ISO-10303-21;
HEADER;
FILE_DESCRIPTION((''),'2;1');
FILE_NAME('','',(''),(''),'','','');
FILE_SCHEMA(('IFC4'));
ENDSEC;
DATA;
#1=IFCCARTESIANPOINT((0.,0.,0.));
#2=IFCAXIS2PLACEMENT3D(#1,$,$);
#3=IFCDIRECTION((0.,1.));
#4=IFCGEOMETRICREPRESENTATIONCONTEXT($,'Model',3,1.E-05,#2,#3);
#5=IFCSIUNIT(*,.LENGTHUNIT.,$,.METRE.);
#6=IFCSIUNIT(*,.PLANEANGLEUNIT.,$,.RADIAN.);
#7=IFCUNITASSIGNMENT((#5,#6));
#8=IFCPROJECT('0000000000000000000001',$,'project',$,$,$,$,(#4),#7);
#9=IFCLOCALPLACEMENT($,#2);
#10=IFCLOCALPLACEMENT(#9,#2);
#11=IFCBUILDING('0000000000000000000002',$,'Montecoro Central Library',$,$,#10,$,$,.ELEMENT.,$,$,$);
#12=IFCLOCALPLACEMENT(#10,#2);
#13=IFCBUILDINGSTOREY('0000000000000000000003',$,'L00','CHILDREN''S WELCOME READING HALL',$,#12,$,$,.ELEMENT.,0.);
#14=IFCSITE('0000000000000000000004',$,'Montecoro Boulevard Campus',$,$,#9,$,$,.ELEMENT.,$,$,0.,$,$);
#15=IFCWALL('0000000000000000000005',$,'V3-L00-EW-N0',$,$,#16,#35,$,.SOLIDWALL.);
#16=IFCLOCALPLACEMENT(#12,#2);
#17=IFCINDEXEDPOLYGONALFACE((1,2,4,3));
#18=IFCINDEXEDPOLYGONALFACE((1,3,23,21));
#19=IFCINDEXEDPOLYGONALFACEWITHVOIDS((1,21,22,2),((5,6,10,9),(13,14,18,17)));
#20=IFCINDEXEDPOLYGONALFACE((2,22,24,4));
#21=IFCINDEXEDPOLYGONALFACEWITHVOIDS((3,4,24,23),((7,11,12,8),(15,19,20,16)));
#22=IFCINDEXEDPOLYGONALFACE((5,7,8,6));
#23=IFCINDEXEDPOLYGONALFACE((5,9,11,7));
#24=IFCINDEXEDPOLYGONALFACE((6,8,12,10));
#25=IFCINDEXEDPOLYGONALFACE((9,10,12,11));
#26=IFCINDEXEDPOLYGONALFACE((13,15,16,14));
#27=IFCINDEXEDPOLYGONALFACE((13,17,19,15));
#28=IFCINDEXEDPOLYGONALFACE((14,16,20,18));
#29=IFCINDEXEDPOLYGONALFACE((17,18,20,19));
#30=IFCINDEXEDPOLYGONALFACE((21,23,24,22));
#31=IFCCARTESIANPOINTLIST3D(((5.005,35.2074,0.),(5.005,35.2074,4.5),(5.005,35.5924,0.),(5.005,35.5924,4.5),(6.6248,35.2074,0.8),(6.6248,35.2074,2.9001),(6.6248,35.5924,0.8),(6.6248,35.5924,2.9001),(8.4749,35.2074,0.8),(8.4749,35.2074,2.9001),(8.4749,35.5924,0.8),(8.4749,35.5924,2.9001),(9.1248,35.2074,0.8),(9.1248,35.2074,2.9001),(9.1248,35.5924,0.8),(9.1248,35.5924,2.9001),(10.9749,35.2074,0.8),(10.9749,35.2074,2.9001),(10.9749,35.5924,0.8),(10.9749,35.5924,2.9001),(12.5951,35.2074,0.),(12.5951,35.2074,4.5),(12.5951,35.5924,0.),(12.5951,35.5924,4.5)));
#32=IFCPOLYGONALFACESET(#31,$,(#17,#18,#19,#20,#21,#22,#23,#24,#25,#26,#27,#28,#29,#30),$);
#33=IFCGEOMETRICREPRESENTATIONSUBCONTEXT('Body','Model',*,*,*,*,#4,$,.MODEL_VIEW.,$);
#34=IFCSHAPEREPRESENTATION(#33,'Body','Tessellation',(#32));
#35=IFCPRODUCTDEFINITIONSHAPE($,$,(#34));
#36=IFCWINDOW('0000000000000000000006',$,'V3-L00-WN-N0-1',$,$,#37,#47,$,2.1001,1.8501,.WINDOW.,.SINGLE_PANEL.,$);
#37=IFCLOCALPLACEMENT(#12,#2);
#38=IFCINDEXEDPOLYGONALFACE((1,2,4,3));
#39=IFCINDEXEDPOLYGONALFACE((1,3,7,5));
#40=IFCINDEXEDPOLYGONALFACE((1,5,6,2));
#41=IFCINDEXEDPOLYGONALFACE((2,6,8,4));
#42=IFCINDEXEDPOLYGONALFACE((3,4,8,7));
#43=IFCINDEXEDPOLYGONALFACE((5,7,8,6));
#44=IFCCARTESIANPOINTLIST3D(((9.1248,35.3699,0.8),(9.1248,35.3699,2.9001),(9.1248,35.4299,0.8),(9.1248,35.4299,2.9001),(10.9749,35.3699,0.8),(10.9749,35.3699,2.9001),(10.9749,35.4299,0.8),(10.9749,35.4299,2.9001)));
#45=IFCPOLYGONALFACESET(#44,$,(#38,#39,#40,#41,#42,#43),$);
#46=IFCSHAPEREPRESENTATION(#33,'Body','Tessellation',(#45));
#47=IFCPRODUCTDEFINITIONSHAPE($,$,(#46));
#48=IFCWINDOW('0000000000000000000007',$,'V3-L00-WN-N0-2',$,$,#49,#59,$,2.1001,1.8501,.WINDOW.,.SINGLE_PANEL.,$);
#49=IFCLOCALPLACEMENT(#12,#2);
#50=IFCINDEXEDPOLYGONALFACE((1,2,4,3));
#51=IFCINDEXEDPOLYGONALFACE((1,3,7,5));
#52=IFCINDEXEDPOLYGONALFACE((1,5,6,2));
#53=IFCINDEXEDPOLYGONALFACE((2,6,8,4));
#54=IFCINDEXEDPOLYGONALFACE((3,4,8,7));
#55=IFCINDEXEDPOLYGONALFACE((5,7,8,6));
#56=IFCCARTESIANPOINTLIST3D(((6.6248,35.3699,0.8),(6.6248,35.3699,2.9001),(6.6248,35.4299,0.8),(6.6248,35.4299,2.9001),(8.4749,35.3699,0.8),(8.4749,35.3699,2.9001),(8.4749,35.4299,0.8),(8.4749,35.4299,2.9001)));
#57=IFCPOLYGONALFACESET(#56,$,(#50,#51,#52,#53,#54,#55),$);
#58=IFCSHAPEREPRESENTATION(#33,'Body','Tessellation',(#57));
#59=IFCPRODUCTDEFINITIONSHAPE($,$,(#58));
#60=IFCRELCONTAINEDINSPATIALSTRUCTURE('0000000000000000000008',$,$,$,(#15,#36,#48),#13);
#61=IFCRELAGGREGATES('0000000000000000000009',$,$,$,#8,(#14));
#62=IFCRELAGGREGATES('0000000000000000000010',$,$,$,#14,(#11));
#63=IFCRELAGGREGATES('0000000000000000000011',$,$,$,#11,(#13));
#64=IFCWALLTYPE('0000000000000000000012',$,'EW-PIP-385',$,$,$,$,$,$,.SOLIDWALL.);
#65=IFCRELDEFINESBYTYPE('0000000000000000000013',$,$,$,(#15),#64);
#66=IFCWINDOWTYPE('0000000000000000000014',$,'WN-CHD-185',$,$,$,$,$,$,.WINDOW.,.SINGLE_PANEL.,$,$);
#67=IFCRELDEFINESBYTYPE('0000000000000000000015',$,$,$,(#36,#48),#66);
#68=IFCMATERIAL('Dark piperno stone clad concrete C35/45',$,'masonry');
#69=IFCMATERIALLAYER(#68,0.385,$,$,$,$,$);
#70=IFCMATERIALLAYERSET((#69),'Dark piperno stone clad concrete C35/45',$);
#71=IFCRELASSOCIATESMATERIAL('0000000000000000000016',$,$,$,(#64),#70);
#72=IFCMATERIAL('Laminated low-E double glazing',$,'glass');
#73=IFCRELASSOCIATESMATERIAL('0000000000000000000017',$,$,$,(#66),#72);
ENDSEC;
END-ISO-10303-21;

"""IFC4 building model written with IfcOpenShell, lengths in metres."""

from ifc_helpers import new_model, si_unit, direction, frame, frame_2d, origin, place, context, subcontext, project, spatial, rectangle, extrude, material, layer, layer_set, type_object, element, fill, save


model = new_model("IFC4")

# Units and contexts
model_context = context("Model", 3, precision=1e-05, world=origin(), true_north=direction((0.0, 1.0)))
body_context = subcontext(model_context, "Body", "Model", "MODEL_VIEW")
ifc_project = project(units=[si_unit("LENGTHUNIT", "METRE"), si_unit("PLANEANGLEUNIT", "RADIAN")], contexts=[model_context])

# Site, building, storey
site_placement = place(None, origin())
site = spatial("IfcSite", under=ifc_project, at=site_placement, Name="Montecoro Boulevard Campus", CompositionType="ELEMENT", RefElevation=0.0)
building_placement = place(site_placement, origin())
building = spatial("IfcBuilding", under=site, at=building_placement, Name="Montecoro Central Library", CompositionType="ELEMENT")
storey_placement = place(building_placement, origin())
storey = spatial("IfcBuildingStorey", under=building, at=storey_placement, Name="L00", Description="CHILDREN'S WELCOME READING HALL", CompositionType="ELEMENT", Elevation=0.0)

# Shared definitions
ifc_material_1 = material(Name="Dark piperno stone clad concrete C35/45", Category="masonry")
ifc_layer = layer(ifc_material_1, 0.385)
ifc_layer_set = layer_set([ifc_layer], Name="Dark piperno stone clad concrete C35/45")
wall_type = type_object("IfcWallType", Name="EW-PIP-385", PredefinedType="SOLIDWALL", material=ifc_layer_set)

# Wall, openings, windows
wall_1_placement = place(storey_placement, frame((12.595, 35.3999, 0.0), z_axis=(0.0, 0.0, 1.0), x_axis=(-1.0, 0.0, 0.0)))
wall_1 = element("IfcWall", 1, at=wall_1_placement, inside=storey, type_object=wall_type, Name="V3-L00-EW-N0", PredefinedType="SOLIDWALL", context=body_context, shape_type="SweptSolid", body=[
    extrude(rectangle(XDim=7.5901, YDim=0.385, at=frame_2d((3.7949, 0.0))), origin(), (0.0, 0.0, 1.0), 4.5),
])
opening_1_placement = place(wall_1_placement, frame((1.6201, 0.0, 0.8)))
opening_1 = element("IfcOpeningElement", 2, at=opening_1_placement, cuts=wall_1, PredefinedType="OPENING", context=body_context, shape_type="SweptSolid", body=[
    extrude(rectangle(XDim=1.8501, YDim=2.1001, at=frame_2d((0.925, 1.05))), frame((0.0, 0.2024, 0.0), z_axis=(0.0, -1.0, 0.0), x_axis=(1.0, 0.0, 0.0)), (0.0, 0.0, 1.0), 0.405),
])
opening_2_placement = place(wall_1_placement, frame((4.1201, 0.0, 0.8)))
opening_2 = element("IfcOpeningElement", 3, at=opening_2_placement, cuts=wall_1, PredefinedType="OPENING", context=body_context, shape_type="SweptSolid", body=[
    extrude(rectangle(XDim=1.8501, YDim=2.1001, at=frame_2d((0.925, 1.05))), frame((0.0, 0.2024, 0.0), z_axis=(0.0, -1.0, 0.0), x_axis=(1.0, 0.0, 0.0)), (0.0, 0.0, 1.0), 0.405),
])
ifc_material_2 = material(Name="Laminated low-E double glazing", Category="glass")
window_type = type_object("IfcWindowType", Name="WN-CHD-185", PartitioningType="SINGLE_PANEL", PredefinedType="WINDOW", material=ifc_material_2)
window_1_placement = place(opening_1_placement, origin())
window_1 = element("IfcWindow", 4, at=window_1_placement, inside=storey, type_object=window_type, Name="V3-L00-WN-N0-1", OverallHeight=2.1001, OverallWidth=1.8501, PartitioningType="SINGLE_PANEL", PredefinedType="WINDOW", context=body_context, shape_type="SweptSolid", body=[
    extrude(rectangle(XDim=1.8501, YDim=2.1001, at=frame_2d((0.925, 1.05))), frame((0.0, 0.03, 0.0), z_axis=(0.0, -1.0, 0.0), x_axis=(1.0, 0.0, 0.0)), (0.0, 0.0, 1.0), 0.0601),
])
fill(opening_1, window_1)
window_2_placement = place(opening_2_placement, origin())
window_2 = element("IfcWindow", 5, at=window_2_placement, inside=storey, type_object=window_type, Name="V3-L00-WN-N0-2", OverallHeight=2.1001, OverallWidth=1.8501, PartitioningType="SINGLE_PANEL", PredefinedType="WINDOW", context=body_context, shape_type="SweptSolid", body=[
    extrude(rectangle(XDim=1.8501, YDim=2.1001, at=frame_2d((0.925, 1.05))), frame((0.0, 0.03, 0.0), z_axis=(0.0, -1.0, 0.0), x_axis=(1.0, 0.0, 0.0)), (0.0, 0.0, 1.0), 0.0601),
])
fill(opening_2, window_2)

save(model, "model.ifc")
